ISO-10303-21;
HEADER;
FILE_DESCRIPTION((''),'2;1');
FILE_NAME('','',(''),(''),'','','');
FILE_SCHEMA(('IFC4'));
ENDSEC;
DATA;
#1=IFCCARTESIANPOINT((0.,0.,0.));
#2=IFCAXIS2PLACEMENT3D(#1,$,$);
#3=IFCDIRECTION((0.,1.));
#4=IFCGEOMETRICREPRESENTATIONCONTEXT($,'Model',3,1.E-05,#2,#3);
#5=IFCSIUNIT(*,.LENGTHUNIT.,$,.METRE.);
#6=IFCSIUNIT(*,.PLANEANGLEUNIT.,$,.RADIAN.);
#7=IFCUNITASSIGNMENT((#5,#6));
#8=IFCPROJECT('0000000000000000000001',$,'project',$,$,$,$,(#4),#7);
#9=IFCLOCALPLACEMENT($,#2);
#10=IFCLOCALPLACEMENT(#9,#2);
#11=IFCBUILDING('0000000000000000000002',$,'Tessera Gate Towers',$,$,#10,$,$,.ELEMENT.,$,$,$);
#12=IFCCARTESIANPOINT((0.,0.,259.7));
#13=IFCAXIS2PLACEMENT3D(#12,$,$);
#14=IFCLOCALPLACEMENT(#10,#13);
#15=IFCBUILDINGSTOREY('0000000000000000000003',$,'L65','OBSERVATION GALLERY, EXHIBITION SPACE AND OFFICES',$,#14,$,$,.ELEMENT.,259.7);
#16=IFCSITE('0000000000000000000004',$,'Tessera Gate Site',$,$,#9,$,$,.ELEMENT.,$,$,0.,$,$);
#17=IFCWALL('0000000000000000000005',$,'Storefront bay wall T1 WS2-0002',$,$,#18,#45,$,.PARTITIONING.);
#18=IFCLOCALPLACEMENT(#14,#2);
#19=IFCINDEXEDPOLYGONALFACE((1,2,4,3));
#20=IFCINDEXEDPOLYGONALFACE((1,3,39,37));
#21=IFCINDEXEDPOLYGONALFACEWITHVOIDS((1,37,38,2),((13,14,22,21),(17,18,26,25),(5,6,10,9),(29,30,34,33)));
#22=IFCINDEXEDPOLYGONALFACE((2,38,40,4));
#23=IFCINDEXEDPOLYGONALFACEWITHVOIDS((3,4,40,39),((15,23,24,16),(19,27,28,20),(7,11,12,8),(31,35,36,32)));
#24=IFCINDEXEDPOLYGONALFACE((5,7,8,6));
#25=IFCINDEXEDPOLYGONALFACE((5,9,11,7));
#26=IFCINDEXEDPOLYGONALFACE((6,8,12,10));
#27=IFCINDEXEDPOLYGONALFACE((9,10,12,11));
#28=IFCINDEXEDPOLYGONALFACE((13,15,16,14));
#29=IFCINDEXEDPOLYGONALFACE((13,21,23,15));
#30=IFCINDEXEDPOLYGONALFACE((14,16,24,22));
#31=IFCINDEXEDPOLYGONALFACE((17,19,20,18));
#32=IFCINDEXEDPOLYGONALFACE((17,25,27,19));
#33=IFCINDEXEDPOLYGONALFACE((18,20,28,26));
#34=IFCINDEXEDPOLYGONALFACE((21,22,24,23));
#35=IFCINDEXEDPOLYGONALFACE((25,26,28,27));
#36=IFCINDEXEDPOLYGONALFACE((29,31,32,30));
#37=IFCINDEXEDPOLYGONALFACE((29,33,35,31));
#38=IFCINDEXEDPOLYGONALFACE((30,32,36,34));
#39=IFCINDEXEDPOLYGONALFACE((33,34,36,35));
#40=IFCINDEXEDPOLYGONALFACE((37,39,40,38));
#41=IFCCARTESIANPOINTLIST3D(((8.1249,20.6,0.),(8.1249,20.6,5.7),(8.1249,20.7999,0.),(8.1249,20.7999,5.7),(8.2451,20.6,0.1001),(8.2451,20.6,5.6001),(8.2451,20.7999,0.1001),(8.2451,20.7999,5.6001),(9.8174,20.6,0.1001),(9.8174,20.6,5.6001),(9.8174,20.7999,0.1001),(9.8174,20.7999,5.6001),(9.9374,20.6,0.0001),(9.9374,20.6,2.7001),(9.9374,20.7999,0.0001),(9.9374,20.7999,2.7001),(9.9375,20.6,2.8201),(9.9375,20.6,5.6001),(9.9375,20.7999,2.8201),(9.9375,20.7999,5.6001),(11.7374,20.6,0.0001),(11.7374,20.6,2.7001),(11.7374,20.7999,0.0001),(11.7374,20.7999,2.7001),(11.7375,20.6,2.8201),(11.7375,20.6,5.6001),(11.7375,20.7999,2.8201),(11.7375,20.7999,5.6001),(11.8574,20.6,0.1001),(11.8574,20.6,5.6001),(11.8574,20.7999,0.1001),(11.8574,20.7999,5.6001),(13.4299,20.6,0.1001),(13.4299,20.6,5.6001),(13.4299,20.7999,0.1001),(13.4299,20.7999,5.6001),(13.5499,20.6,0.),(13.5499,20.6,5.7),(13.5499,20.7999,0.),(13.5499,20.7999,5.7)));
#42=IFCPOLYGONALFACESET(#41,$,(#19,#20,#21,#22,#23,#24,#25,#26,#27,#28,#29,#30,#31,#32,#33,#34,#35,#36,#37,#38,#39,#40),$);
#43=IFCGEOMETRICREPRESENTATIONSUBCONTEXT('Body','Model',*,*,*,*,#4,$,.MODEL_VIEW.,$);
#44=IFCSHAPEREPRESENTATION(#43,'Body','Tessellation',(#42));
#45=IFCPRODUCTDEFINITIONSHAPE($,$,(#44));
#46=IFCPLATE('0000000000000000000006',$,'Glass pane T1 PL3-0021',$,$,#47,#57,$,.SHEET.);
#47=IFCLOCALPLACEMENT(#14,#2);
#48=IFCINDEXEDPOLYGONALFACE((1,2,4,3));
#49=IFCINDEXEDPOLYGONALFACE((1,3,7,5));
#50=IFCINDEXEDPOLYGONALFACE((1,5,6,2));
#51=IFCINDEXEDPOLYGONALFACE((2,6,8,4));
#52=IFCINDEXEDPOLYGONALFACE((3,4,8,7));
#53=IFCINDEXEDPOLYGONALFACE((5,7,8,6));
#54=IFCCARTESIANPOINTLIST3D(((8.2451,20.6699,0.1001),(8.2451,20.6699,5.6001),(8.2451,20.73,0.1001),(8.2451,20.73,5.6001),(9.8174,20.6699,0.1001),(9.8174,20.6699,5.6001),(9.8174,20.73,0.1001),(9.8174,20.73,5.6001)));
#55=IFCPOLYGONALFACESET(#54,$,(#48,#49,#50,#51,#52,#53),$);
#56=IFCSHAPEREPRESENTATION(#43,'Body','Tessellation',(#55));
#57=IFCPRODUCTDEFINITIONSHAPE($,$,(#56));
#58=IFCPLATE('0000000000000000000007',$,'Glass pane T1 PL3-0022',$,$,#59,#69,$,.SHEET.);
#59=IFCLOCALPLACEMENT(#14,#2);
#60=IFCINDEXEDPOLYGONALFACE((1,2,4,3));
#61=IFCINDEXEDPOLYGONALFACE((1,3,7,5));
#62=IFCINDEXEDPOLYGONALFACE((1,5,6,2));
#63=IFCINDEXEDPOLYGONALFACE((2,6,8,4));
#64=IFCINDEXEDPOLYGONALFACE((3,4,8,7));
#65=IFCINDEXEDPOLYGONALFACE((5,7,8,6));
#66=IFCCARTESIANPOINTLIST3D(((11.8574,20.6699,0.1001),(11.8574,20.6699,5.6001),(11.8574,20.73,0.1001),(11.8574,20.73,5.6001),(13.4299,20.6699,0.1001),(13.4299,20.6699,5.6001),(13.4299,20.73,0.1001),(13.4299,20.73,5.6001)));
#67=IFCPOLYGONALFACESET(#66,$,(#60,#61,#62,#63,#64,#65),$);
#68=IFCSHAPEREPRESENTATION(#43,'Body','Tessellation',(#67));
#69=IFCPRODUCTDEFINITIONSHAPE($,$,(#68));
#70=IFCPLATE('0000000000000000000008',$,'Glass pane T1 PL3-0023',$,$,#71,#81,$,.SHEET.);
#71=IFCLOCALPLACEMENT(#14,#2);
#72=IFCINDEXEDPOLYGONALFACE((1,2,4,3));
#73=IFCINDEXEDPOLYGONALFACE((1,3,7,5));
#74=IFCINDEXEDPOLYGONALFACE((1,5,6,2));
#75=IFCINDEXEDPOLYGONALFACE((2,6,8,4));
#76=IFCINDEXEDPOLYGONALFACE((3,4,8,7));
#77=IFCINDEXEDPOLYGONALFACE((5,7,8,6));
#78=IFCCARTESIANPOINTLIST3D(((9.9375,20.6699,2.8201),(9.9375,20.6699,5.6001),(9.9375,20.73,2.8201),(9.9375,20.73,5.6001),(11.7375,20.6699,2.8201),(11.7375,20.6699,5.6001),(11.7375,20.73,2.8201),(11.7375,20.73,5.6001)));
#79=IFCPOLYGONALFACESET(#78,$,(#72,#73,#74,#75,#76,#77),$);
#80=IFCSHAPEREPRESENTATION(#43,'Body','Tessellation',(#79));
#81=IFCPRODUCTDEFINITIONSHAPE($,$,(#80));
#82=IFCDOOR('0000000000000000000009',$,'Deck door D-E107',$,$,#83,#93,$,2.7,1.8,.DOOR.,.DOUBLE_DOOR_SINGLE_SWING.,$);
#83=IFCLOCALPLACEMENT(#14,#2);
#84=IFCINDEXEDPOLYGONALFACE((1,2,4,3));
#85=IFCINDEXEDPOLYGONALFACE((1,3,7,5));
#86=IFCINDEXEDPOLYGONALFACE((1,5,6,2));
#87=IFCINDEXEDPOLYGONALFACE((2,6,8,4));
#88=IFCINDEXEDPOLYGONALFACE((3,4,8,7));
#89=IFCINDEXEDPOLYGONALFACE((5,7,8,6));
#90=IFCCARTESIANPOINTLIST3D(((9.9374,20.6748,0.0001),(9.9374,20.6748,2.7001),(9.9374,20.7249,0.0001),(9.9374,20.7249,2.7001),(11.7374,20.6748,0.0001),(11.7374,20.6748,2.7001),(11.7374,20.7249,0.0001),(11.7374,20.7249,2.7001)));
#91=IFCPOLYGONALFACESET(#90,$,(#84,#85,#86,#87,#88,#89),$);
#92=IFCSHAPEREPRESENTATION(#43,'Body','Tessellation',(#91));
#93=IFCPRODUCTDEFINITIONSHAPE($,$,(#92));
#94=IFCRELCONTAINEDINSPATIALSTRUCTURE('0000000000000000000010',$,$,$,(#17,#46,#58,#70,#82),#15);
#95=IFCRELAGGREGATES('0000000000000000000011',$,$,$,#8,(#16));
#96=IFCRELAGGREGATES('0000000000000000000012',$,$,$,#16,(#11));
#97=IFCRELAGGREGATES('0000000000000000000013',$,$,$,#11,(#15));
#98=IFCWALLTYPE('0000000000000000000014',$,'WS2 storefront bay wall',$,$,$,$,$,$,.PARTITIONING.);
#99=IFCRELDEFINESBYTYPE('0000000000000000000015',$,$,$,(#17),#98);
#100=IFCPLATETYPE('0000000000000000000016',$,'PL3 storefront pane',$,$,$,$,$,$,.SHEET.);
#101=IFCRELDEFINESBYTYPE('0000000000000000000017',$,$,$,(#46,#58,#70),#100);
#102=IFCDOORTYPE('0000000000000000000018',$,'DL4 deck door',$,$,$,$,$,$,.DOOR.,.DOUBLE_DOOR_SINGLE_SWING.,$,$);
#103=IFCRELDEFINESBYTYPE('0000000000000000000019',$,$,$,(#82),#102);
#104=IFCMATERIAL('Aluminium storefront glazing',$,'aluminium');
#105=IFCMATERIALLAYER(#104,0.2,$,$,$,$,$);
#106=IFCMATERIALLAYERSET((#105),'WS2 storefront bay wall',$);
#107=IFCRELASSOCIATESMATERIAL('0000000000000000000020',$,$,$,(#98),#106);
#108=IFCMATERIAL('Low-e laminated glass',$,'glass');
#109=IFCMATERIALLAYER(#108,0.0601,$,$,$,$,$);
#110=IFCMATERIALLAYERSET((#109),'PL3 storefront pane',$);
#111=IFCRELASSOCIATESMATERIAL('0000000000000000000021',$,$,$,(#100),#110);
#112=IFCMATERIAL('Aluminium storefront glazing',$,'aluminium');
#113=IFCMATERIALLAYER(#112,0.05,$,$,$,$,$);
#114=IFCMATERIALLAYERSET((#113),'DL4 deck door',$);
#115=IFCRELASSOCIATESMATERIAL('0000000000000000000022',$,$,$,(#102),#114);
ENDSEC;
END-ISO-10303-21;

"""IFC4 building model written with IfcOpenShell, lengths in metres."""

from ifc_helpers import new_model, si_unit, direction, frame, frame_2d, origin, place, context, subcontext, project, spatial, polyline, rectangle, outline, extrude, source, transform, mapped, material, layer, layer_set, type_object, element, fill, save


model = new_model("IFC4")

# Units and contexts
model_context = context("Model", 3, precision=1e-05, world=origin(), true_north=direction((0.0, 1.0)))
body_context = subcontext(model_context, "Body", "Model", "MODEL_VIEW")
ifc_project = project(units=[si_unit("LENGTHUNIT", "METRE"), si_unit("PLANEANGLEUNIT", "RADIAN")], contexts=[model_context])

# Site, building, storey
site_placement = place(None, origin())
site = spatial("IfcSite", under=ifc_project, at=site_placement, Name="Tessera Gate Site", CompositionType="ELEMENT", RefElevation=0.0)
building_placement = place(site_placement, origin())
building = spatial("IfcBuilding", under=site, at=building_placement, Name="Tessera Gate Towers", CompositionType="ELEMENT")
storey_placement = place(building_placement, frame((0.0, 0.0, 259.7)))
storey = spatial("IfcBuildingStorey", under=building, at=storey_placement, Name="L65", Description="OBSERVATION GALLERY, EXHIBITION SPACE AND OFFICES", CompositionType="ELEMENT", Elevation=259.7)

# Wall, openings, plates, door
ifc_material_1 = material(Name="Aluminium storefront glazing", Category="aluminium")
ifc_layer_1 = layer(ifc_material_1, 0.2)
ifc_layer_set_1 = layer_set([ifc_layer_1], Name="WS2 storefront bay wall")
wall_type_1 = type_object("IfcWallType", Name="WS2 storefront bay wall", PredefinedType="PARTITIONING", material=ifc_layer_set_1)
wall_1_placement = place(storey_placement, frame((8.125, 20.7, 0.0), z_axis=(0.0, 0.0, 1.0), x_axis=(1.0, 0.0, 0.0)))
wall_1 = element("IfcWall", 1, at=wall_1_placement, inside=storey, type_object=wall_type_1, Name="Storefront bay wall T1 WS2-0002", PredefinedType="PARTITIONING", context=body_context, shape_type="SweptSolid", body=[
    extrude(rectangle(XDim=5.425, YDim=0.2, at=frame_2d((2.7124, 0.0))), origin(), (0.0, 0.0, 1.0), 5.7),
])
shared_shape_1 = source(origin(), body_context, "Body", "SweptSolid", [
    extrude(rectangle(XDim=1.8, YDim=2.7, at=frame_2d((0.8999, 1.3501))), frame((0.0, 0.1099, 0.0), z_axis=(0.0, -1.0, 0.0), x_axis=(1.0, 0.0, 0.0)), (0.0, 0.0, 1.0), 0.22),
])
opening_1_placement = place(wall_1_placement, frame((1.8125, 0.0, 0.0)))
opening_1 = element("IfcOpeningElement", 2, at=opening_1_placement, cuts=wall_1, PredefinedType="OPENING", context=body_context, shape_type="MappedRepresentation", body=[
    mapped(shared_shape_1, transform((0.0, 0.0, 0.0), scale=1.0)),
])
shared_shape_2 = source(origin(), body_context, "Body", "SweptSolid", [
    extrude(outline(polyline([(0.1201, 0.1001), (1.6924, 0.1001), (1.6924, 5.6001), (0.1201, 5.6001), (0.1201, 0.1001)])), frame((0.0, 0.1099, 0.0), z_axis=(0.0, -1.0, 0.0), x_axis=(1.0, 0.0, 0.0)), (0.0, 0.0, 1.0), 0.22),
])
opening_2_placement = place(wall_1_placement, origin())
opening_2 = element("IfcOpeningElement", 3, at=opening_2_placement, cuts=wall_1, PredefinedType="OPENING", context=body_context, shape_type="MappedRepresentation", body=[
    mapped(shared_shape_2, transform((0.0, 0.0, 0.0), scale=1.0)),
])
shared_shape_3 = source(origin(), body_context, "Body", "SweptSolid", [
    extrude(outline(polyline([(3.7324, 0.1001), (5.3049, 0.1001), (5.3049, 5.6001), (3.7324, 5.6001), (3.7324, 0.1001)])), frame((0.0, 0.1099, 0.0), z_axis=(0.0, -1.0, 0.0), x_axis=(1.0, 0.0, 0.0)), (0.0, 0.0, 1.0), 0.22),
])
opening_3_placement = place(wall_1_placement, origin())
opening_3 = element("IfcOpeningElement", 4, at=opening_3_placement, cuts=wall_1, PredefinedType="OPENING", context=body_context, shape_type="MappedRepresentation", body=[
    mapped(shared_shape_3, transform((0.0, 0.0, 0.0), scale=1.0)),
])
shared_shape_4 = source(origin(), body_context, "Body", "SweptSolid", [
    extrude(outline(polyline([(1.8125, 2.8201), (3.6125, 2.8201), (3.6125, 5.6001), (1.8125, 5.6001), (1.8125, 2.8201)])), frame((0.0, 0.1099, 0.0), z_axis=(0.0, -1.0, 0.0), x_axis=(1.0, 0.0, 0.0)), (0.0, 0.0, 1.0), 0.22),
])
opening_4_placement = place(wall_1_placement, origin())
opening_4 = element("IfcOpeningElement", 5, at=opening_4_placement, cuts=wall_1, PredefinedType="OPENING", context=body_context, shape_type="MappedRepresentation", body=[
    mapped(shared_shape_4, transform((0.0, 0.0, 0.0), scale=1.0)),
])
ifc_material_2 = material(Name="Low-e laminated glass", Category="glass")
ifc_layer_2 = layer(ifc_material_2, 0.0601)
ifc_layer_set_2 = layer_set([ifc_layer_2], Name="PL3 storefront pane")
plate_type_1 = type_object("IfcPlateType", Name="PL3 storefront pane", PredefinedType="SHEET", material=ifc_layer_set_2)
shared_shape_5 = source(origin(), body_context, "Body", "SweptSolid", [
    extrude(outline(polyline([(0.1201, 0.1001), (1.6924, 0.1001), (1.6924, 5.6001), (0.1201, 5.6001), (0.1201, 0.1001)])), frame((0.0, 0.03, 0.0), z_axis=(0.0, -1.0, 0.0), x_axis=(1.0, 0.0, 0.0)), (0.0, 0.0, 1.0), 0.0601),
])
plate_1_placement = place(opening_2_placement, origin())
plate_1 = element("IfcPlate", 6, at=plate_1_placement, inside=storey, type_object=plate_type_1, Name="Glass pane T1 PL3-0021", PredefinedType="SHEET", context=body_context, shape_type="MappedRepresentation", body=[
    mapped(shared_shape_5, transform((0.0, 0.0, 0.0), scale=1.0)),
])
fill(opening_2, plate_1)
shared_shape_6 = source(origin(), body_context, "Body", "SweptSolid", [
    extrude(outline(polyline([(3.7324, 0.1001), (5.3049, 0.1001), (5.3049, 5.6001), (3.7324, 5.6001), (3.7324, 0.1001)])), frame((0.0, 0.03, 0.0), z_axis=(0.0, -1.0, 0.0), x_axis=(1.0, 0.0, 0.0)), (0.0, 0.0, 1.0), 0.0601),
])
plate_2_placement = place(opening_3_placement, origin())
plate_2 = element("IfcPlate", 7, at=plate_2_placement, inside=storey, type_object=plate_type_1, Name="Glass pane T1 PL3-0022", PredefinedType="SHEET", context=body_context, shape_type="MappedRepresentation", body=[
    mapped(shared_shape_6, transform((0.0, 0.0, 0.0), scale=1.0)),
])
fill(opening_3, plate_2)
shared_shape_7 = source(origin(), body_context, "Body", "SweptSolid", [
    extrude(outline(polyline([(1.8125, 2.8201), (3.6125, 2.8201), (3.6125, 5.6001), (1.8125, 5.6001), (1.8125, 2.8201)])), frame((0.0, 0.03, 0.0), z_axis=(0.0, -1.0, 0.0), x_axis=(1.0, 0.0, 0.0)), (0.0, 0.0, 1.0), 0.0601),
])
plate_3_placement = place(opening_4_placement, origin())
plate_3 = element("IfcPlate", 8, at=plate_3_placement, inside=storey, type_object=plate_type_1, Name="Glass pane T1 PL3-0023", PredefinedType="SHEET", context=body_context, shape_type="MappedRepresentation", body=[
    mapped(shared_shape_7, transform((0.0, 0.0, 0.0), scale=1.0)),
])
fill(opening_4, plate_3)
ifc_material_3 = material(Name="Aluminium storefront glazing", Category="aluminium")
ifc_layer_3 = layer(ifc_material_3, 0.05)
ifc_layer_set_3 = layer_set([ifc_layer_3], Name="DL4 deck door")
door_type = type_object("IfcDoorType", Name="DL4 deck door", OperationType="DOUBLE_DOOR_SINGLE_SWING", PredefinedType="DOOR", material=ifc_layer_set_3)
shared_shape_8 = source(origin(), body_context, "Body", "SweptSolid", [
    extrude(rectangle(XDim=1.8, YDim=2.7, at=frame_2d((0.8999, 1.3501))), frame((0.0, 0.0249, 0.0), z_axis=(0.0, -1.0, 0.0), x_axis=(1.0, 0.0, 0.0)), (0.0, 0.0, 1.0), 0.05),
])
door_placement = place(opening_1_placement, origin())
door = element("IfcDoor", 9, at=door_placement, inside=storey, type_object=door_type, Name="Deck door D-E107", OperationType="DOUBLE_DOOR_SINGLE_SWING", OverallHeight=2.7, OverallWidth=1.8, PredefinedType="DOOR", context=body_context, shape_type="MappedRepresentation", body=[
    mapped(shared_shape_8, transform((0.0, 0.0, 0.0), scale=1.0)),
])
fill(opening_1, door)

save(model, "model.ifc")
